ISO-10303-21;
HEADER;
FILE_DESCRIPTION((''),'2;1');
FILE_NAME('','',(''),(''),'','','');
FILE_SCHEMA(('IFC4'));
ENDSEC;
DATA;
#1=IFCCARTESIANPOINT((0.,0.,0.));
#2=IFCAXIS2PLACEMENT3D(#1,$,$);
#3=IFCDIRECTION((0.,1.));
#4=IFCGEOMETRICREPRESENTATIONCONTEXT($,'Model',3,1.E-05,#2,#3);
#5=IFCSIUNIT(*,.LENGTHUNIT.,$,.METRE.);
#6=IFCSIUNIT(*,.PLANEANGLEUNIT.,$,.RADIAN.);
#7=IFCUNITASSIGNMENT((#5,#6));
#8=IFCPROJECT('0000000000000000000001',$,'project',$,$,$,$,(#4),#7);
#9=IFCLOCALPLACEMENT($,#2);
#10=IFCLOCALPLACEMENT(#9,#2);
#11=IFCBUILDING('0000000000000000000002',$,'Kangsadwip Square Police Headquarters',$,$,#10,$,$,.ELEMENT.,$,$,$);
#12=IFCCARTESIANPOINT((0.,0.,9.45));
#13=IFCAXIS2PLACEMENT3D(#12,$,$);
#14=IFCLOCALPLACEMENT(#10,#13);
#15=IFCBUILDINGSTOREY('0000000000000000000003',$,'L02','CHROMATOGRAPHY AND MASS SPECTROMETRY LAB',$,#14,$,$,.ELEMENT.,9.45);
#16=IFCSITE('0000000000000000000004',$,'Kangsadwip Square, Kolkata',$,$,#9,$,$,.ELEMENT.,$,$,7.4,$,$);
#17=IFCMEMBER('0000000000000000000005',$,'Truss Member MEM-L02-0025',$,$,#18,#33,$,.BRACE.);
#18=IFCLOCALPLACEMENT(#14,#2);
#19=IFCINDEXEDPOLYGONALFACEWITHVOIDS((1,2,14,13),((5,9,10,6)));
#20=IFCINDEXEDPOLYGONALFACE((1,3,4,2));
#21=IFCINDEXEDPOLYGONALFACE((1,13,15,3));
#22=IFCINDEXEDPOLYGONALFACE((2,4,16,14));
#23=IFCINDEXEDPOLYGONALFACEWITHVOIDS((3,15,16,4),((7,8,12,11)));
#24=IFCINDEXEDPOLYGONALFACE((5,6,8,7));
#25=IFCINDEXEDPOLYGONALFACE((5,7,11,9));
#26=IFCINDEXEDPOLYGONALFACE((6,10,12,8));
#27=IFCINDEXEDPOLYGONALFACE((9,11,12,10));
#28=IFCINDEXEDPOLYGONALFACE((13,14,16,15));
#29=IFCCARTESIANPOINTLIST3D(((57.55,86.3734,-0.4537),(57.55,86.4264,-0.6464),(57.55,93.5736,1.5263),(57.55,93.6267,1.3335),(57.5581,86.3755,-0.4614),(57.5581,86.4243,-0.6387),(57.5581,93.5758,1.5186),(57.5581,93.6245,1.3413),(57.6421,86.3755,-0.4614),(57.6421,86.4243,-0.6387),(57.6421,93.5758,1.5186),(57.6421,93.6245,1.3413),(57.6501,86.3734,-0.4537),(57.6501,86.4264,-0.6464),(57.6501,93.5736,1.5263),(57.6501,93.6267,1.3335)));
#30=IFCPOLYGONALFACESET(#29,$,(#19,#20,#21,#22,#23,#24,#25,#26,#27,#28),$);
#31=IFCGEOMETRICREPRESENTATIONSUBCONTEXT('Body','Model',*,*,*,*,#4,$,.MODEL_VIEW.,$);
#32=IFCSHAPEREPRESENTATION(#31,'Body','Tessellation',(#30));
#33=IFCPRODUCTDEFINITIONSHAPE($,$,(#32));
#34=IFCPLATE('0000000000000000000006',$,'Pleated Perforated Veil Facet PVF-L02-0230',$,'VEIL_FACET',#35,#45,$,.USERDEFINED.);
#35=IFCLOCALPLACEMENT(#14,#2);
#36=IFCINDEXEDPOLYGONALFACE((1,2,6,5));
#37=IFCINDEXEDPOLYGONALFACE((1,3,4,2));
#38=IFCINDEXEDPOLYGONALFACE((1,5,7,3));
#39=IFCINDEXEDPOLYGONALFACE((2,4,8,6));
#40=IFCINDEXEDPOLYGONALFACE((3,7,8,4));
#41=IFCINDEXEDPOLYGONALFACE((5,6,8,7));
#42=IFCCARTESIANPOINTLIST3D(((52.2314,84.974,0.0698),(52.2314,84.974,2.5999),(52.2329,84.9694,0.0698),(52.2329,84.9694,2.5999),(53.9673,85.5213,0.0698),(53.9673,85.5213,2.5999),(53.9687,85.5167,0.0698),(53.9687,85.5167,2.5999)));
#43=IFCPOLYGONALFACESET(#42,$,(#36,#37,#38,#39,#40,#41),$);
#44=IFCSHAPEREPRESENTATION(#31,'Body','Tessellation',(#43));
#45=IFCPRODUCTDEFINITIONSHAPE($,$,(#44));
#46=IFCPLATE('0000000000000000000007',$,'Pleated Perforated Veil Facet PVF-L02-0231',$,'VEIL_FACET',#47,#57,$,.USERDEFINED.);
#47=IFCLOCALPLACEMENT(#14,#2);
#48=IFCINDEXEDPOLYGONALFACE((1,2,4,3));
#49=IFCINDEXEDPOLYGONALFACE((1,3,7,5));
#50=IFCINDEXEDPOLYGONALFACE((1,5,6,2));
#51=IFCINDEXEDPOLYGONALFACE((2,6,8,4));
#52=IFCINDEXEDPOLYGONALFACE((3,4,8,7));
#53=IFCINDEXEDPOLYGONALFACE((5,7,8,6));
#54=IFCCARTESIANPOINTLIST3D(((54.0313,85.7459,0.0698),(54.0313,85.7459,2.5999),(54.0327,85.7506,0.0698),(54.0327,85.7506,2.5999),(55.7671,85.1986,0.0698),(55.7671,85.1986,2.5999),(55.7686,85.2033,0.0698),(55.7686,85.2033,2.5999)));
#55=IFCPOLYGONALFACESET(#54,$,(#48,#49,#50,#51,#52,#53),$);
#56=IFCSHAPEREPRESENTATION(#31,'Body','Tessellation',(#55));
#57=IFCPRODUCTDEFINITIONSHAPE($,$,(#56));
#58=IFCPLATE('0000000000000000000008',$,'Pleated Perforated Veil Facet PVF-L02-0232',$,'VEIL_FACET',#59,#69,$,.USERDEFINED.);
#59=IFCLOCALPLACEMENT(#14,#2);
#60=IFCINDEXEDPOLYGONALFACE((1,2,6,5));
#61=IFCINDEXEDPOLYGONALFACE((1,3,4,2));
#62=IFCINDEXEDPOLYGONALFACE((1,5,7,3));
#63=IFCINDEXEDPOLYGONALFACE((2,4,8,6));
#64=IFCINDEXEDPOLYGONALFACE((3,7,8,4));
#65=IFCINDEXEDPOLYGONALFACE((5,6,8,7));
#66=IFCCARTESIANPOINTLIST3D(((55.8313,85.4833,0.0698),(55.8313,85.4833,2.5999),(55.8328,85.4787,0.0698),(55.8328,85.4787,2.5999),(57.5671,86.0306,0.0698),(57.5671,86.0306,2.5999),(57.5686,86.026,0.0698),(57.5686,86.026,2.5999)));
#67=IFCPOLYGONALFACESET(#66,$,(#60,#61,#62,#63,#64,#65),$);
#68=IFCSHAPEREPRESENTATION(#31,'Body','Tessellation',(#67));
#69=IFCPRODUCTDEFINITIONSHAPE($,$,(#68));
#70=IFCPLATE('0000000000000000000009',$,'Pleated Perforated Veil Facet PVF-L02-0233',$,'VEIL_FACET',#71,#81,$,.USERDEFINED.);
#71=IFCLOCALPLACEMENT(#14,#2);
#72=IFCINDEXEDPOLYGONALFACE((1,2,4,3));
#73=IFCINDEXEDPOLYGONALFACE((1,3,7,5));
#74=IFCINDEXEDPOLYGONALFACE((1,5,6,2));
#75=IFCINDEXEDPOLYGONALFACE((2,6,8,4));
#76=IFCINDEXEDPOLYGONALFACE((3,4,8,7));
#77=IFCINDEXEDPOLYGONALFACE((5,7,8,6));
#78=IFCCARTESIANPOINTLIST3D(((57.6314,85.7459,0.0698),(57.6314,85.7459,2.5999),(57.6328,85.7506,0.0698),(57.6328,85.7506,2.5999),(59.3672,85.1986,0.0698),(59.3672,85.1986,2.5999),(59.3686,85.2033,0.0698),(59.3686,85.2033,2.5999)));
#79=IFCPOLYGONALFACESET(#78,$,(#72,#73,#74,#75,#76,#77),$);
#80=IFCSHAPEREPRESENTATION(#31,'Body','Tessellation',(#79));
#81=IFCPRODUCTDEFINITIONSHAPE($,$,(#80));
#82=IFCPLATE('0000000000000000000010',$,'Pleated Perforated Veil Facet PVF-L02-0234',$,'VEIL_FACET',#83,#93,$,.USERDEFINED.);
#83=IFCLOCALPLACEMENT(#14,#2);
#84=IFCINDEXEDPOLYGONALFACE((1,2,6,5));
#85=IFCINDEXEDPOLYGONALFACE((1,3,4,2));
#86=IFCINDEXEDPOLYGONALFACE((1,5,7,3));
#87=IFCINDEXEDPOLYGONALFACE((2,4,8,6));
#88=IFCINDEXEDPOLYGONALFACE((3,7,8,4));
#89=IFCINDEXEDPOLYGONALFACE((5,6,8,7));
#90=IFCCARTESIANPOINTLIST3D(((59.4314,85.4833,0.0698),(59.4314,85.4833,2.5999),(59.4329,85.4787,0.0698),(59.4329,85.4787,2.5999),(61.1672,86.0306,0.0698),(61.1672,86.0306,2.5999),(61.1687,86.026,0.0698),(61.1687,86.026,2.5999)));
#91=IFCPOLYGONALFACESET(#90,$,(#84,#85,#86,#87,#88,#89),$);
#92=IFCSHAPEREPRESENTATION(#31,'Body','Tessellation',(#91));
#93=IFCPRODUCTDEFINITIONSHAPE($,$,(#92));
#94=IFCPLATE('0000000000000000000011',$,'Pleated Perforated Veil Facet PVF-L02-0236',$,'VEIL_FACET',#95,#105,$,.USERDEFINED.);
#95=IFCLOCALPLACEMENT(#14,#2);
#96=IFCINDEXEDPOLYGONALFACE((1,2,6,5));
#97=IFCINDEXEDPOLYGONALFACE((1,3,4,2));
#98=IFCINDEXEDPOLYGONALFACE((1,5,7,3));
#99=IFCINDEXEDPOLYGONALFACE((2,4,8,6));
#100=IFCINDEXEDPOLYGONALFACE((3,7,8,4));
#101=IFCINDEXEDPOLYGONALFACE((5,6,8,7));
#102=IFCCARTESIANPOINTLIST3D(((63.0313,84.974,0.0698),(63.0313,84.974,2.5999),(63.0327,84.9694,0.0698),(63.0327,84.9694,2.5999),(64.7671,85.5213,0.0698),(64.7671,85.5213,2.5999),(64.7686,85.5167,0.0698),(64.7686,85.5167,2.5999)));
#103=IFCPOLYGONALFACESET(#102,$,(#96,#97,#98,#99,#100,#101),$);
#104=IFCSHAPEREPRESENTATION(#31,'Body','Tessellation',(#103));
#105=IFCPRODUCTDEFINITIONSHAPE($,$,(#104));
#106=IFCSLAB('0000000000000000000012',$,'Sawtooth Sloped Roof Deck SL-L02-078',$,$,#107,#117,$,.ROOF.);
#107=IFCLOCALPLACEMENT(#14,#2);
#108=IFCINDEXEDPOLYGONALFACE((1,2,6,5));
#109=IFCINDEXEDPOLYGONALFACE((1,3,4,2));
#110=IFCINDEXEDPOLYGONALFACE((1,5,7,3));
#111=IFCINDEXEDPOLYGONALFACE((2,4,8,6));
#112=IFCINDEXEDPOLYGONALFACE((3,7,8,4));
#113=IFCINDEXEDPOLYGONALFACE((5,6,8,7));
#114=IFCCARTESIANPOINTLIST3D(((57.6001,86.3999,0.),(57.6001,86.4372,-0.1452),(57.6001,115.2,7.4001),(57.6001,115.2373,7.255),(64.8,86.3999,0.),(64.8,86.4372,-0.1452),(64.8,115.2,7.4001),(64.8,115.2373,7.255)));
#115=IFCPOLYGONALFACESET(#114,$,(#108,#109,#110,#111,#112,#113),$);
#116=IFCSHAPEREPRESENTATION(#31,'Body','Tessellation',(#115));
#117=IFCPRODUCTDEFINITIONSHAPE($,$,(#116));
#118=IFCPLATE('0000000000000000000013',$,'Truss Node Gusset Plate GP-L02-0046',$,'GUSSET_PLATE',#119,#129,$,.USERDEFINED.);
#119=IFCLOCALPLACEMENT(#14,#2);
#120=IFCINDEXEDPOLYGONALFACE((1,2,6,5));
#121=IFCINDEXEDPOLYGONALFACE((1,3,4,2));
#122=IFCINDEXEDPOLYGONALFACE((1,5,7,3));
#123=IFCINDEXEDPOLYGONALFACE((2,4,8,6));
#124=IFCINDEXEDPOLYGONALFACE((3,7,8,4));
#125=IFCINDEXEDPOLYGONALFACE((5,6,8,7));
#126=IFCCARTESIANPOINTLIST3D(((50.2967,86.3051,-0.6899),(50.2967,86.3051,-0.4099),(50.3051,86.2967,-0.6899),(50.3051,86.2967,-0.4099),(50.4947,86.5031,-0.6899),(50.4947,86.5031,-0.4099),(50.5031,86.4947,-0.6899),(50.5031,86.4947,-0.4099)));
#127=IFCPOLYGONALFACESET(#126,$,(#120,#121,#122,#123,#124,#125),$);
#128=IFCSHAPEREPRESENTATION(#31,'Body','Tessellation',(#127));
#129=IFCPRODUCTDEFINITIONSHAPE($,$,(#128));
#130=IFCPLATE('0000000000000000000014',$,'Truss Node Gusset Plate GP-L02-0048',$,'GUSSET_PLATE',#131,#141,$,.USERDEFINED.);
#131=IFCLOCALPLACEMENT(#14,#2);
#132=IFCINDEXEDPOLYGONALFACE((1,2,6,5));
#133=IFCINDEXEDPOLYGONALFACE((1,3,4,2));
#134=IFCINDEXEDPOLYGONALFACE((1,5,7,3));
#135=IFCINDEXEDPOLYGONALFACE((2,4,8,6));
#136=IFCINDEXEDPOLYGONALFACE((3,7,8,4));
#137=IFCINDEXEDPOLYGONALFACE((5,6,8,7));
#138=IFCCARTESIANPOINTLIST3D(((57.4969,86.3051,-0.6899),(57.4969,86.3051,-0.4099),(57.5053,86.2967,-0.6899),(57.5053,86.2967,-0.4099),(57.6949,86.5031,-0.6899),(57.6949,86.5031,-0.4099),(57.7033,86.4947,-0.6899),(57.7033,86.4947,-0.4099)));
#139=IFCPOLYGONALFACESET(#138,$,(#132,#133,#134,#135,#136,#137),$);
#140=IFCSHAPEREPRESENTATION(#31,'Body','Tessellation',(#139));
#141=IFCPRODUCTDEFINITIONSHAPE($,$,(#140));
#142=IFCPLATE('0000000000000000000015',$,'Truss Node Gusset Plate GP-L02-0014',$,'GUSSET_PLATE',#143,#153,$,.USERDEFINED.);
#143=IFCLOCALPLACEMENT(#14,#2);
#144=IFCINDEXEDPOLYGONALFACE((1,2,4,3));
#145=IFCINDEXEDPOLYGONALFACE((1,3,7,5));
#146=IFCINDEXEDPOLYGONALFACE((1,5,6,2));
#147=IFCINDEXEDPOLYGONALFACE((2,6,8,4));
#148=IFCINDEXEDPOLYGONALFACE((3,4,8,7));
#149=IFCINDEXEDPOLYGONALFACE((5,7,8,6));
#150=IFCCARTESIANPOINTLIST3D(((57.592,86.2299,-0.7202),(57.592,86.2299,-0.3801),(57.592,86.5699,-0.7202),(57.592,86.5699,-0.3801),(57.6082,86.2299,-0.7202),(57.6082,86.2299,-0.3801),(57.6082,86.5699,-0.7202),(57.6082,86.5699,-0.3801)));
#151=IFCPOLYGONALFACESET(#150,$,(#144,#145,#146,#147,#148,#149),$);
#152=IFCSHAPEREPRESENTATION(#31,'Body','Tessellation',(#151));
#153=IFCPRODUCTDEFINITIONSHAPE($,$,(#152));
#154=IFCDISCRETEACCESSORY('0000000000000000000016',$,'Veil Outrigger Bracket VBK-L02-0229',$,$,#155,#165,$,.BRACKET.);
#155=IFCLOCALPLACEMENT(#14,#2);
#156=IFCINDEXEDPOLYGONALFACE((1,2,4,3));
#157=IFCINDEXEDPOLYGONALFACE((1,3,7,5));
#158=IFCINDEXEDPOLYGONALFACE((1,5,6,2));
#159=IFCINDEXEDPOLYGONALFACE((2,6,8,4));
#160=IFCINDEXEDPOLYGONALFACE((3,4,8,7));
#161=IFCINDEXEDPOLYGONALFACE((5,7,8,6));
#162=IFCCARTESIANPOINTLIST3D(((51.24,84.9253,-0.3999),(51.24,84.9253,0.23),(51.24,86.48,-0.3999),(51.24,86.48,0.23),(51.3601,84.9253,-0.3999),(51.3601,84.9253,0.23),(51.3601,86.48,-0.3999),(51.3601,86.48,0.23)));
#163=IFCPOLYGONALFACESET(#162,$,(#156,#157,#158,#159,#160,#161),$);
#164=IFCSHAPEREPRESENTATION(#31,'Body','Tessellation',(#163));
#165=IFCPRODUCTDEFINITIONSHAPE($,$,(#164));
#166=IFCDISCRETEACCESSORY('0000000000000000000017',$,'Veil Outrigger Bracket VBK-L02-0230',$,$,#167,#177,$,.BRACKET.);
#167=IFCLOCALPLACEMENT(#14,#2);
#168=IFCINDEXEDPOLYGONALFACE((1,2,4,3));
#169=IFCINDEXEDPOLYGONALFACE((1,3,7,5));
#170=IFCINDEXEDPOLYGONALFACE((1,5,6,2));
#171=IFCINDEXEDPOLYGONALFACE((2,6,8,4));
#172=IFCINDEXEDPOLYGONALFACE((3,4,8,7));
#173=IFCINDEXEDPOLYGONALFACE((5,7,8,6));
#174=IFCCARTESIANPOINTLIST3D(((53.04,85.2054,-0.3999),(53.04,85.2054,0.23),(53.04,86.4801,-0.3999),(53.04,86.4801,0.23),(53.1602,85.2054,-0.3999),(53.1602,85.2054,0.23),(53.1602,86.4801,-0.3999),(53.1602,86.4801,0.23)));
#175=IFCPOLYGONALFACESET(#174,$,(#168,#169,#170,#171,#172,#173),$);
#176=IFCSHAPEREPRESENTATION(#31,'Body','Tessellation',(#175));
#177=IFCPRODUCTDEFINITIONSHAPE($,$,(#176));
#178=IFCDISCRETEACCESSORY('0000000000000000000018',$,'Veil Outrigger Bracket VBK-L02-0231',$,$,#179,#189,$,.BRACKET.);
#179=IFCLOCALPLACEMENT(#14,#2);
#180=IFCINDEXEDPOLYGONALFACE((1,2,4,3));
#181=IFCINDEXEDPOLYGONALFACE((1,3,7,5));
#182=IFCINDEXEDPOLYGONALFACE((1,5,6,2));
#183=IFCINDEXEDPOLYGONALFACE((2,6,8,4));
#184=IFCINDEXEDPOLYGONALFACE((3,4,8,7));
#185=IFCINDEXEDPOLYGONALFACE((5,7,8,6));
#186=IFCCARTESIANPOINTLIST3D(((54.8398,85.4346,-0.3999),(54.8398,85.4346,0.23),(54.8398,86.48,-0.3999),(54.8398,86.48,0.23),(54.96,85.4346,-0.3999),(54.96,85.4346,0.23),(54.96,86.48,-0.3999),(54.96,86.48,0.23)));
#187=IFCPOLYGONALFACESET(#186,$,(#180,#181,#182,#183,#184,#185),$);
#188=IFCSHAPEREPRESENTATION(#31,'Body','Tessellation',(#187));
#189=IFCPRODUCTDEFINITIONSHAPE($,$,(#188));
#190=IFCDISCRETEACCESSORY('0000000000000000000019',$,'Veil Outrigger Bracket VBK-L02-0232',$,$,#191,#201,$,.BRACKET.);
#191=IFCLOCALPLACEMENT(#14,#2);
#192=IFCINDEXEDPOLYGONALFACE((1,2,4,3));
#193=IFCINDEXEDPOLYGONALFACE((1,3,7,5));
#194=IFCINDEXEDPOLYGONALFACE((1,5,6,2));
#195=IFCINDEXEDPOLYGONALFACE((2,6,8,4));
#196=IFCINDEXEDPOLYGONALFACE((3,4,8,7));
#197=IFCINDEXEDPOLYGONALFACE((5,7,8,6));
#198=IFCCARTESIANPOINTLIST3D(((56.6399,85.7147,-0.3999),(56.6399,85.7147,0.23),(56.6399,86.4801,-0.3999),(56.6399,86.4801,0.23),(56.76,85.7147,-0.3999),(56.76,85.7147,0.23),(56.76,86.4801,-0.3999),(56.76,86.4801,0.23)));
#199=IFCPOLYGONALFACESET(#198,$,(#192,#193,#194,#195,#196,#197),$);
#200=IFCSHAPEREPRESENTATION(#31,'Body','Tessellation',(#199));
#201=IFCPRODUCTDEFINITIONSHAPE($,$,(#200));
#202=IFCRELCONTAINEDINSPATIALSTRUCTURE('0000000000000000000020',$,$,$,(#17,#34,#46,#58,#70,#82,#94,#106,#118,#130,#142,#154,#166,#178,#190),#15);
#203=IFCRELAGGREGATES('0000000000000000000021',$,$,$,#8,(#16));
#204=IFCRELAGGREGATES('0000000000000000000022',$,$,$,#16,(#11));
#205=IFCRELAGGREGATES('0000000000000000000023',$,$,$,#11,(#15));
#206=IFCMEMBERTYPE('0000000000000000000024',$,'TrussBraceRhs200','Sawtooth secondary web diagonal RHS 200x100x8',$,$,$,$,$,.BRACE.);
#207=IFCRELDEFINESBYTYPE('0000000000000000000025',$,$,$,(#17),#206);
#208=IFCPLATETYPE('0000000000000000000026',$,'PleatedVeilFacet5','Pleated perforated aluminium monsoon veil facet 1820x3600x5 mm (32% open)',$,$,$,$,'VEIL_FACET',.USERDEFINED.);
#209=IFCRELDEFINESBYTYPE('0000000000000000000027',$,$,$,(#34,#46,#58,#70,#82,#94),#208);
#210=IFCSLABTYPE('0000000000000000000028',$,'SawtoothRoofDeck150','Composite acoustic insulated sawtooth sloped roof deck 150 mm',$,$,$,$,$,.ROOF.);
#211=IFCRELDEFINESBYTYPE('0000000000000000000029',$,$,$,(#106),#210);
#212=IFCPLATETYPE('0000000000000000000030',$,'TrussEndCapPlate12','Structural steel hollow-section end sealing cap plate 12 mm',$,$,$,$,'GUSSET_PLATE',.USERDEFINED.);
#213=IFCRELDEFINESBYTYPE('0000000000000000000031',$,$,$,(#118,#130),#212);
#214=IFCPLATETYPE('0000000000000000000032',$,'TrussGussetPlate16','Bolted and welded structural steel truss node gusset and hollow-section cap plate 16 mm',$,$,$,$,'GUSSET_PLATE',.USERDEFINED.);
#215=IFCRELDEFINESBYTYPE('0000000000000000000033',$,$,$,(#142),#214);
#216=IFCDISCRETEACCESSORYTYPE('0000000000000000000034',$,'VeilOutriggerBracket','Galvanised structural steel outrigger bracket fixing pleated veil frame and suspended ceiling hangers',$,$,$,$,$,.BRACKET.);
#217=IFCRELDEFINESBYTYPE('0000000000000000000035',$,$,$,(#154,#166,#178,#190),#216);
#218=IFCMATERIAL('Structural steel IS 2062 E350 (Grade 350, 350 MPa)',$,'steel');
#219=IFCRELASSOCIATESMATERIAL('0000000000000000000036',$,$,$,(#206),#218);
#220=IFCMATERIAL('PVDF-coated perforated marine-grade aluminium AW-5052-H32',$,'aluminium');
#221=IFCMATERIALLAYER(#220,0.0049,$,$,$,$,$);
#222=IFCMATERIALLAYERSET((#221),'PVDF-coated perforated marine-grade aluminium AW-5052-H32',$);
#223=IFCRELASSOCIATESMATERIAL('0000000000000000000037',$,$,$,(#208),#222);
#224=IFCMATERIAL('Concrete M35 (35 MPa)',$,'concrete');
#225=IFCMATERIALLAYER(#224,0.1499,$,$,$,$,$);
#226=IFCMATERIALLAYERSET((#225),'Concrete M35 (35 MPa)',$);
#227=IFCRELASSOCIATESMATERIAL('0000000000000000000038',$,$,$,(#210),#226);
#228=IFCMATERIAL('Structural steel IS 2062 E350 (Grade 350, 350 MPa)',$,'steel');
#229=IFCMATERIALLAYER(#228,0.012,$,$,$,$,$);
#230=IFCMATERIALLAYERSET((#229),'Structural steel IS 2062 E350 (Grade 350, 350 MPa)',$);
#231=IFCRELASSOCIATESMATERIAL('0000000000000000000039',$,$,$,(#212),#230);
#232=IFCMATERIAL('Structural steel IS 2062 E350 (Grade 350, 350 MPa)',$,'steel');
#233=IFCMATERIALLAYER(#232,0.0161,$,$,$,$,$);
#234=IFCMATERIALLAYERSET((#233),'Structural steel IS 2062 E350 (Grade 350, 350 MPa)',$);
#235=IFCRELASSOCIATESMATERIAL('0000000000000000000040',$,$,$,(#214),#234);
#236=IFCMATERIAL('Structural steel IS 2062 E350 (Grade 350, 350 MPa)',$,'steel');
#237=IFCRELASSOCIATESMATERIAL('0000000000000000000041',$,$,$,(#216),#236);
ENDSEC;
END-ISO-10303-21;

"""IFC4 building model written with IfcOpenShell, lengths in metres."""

from ifc_helpers import new_model, si_unit, direction, frame, origin, origin_2d, place, context, subcontext, project, spatial, polyline, rectangle, hollow_rectangle, outline, extrude, material, layer, layer_set, material_profile, profile_set, type_object, element, save


model = new_model("IFC4")

# Units and contexts
model_context = context("Model", 3, precision=1e-05, world=origin(), true_north=direction((0.0, 1.0)))
body_context = subcontext(model_context, "Body", "Model", "MODEL_VIEW")
ifc_project = project(units=[si_unit("LENGTHUNIT", "METRE"), si_unit("PLANEANGLEUNIT", "RADIAN")], contexts=[model_context])

# Site, building, storey
site_placement = place(None, origin())
site = spatial("IfcSite", under=ifc_project, at=site_placement, Name="Kangsadwip Square, Kolkata", CompositionType="ELEMENT", RefElevation=7.4)
building_placement = place(site_placement, origin())
building = spatial("IfcBuilding", under=site, at=building_placement, Name="Kangsadwip Square Police Headquarters", CompositionType="ELEMENT")
storey_placement = place(building_placement, frame((0.0, 0.0, 9.45)))
storey = spatial("IfcBuildingStorey", under=building, at=storey_placement, Name="L02", Description="CHROMATOGRAPHY AND MASS SPECTROMETRY LAB", CompositionType="ELEMENT", Elevation=9.45)

# Member
ifc_material_1 = material(Name="Structural steel IS 2062 E350 (Grade 350, 350 MPa)", Category="steel")
ifc_material_profile_1 = material_profile(ifc_material_1, hollow_rectangle(XDim=0.1001, YDim=0.2, WallThickness=0.0081, at=origin_2d()), Name="RHS 200X100X8")
ifc_profile_set_1 = profile_set([ifc_material_profile_1], Name="Structural steel IS 2062 E350 (Grade 350, 350 MPa)")
member_type_1 = type_object("IfcMemberType", Name="TrussBraceRhs200", Description="Sawtooth secondary web diagonal RHS 200x100x8", PredefinedType="BRACE", material=ifc_profile_set_1)
for number, where, z_axis, x_axis, name in (
    (1, (57.6001, 86.3999, -0.55), (0.0, 0.964208, 0.265147), (-1.0, 0.0, 0.0), "Truss Member MEM-L02-0025"),
):
    element("IfcMember", number, at=place(storey_placement, frame(where, z_axis=z_axis, x_axis=x_axis)), inside=storey, type_object=member_type_1, Name=name, PredefinedType="BRACE", context=body_context, shape_type="SweptSolid", body=[
        extrude(hollow_rectangle(XDim=0.1001, YDim=0.2, WallThickness=0.0081, at=origin_2d()), origin(), (0.0, 0.0, 1.0), 7.4675),
    ])

# Plates
ifc_material_2 = material(Name="PVDF-coated perforated marine-grade aluminium AW-5052-H32", Category="aluminium")
ifc_layer_1 = layer(ifc_material_2, 0.0049)
ifc_layer_set_1 = layer_set([ifc_layer_1], Name="PVDF-coated perforated marine-grade aluminium AW-5052-H32")
plate_type_1 = type_object("IfcPlateType", Name="PleatedVeilFacet5", Description="Pleated perforated aluminium monsoon veil facet 1820x3600x5 mm (32% open)", ElementType="VEIL_FACET", PredefinedType="USERDEFINED", material=ifc_layer_set_1)
for number, where, z_axis, x_axis, name in (
    (2, (53.1001, 85.2454, 0.0698), (0.0, 0.0, 1.0), (0.953717, 0.300706, 0.0), "Pleated Perforated Veil Facet PVF-L02-0230"),
    (3, (54.8999, 85.4746, 0.0698), (0.0, 0.0, 1.0), (0.953717, -0.300706, 0.0), "Pleated Perforated Veil Facet PVF-L02-0231"),
    (4, (56.7, 85.7546, 0.0698), (0.0, 0.0, 1.0), (0.953717, 0.300706, 0.0), "Pleated Perforated Veil Facet PVF-L02-0232"),
    (5, (58.5, 85.4746, 0.0698), (0.0, 0.0, 1.0), (0.953717, -0.300706, 0.0), "Pleated Perforated Veil Facet PVF-L02-0233"),
    (6, (60.3, 85.7546, 0.0698), (0.0, 0.0, 1.0), (0.953717, 0.300706, 0.0), "Pleated Perforated Veil Facet PVF-L02-0234"),
    (7, (63.8999, 85.2454, 0.0698), (0.0, 0.0, 1.0), (0.953717, 0.300706, 0.0), "Pleated Perforated Veil Facet PVF-L02-0236"),
):
    element("IfcPlate", number, at=place(storey_placement, frame(where, z_axis=z_axis, x_axis=x_axis)), inside=storey, type_object=plate_type_1, Name=name, ObjectType="VEIL_FACET", PredefinedType="USERDEFINED", context=body_context, shape_type="SweptSolid", body=[
        extrude(rectangle(XDim=1.8201, YDim=0.0049, at=origin_2d()), origin(), (0.0, 0.0, 1.0), 2.53),
    ])

# Slab
ifc_material_3 = material(Name="Concrete M35 (35 MPa)", Category="concrete")
ifc_layer_2 = layer(ifc_material_3, 0.1499)
ifc_layer_set_2 = layer_set([ifc_layer_2], Name="Concrete M35 (35 MPa)")
slab_type = type_object("IfcSlabType", Name="SawtoothRoofDeck150", Description="Composite acoustic insulated sawtooth sloped roof deck 150 mm", PredefinedType="ROOF", material=ifc_layer_set_2)
slab_placement = place(storey_placement, frame((57.6001, 86.3999, 0.0), z_axis=(0.0, -0.248865, 0.968538), x_axis=(1.0, 0.0, 0.0)))
element("IfcSlab", 8, at=slab_placement, inside=storey, type_object=slab_type, Name="Sawtooth Sloped Roof Deck SL-L02-078", PredefinedType="ROOF", context=body_context, shape_type="SweptSolid", body=[
    extrude(outline(polyline([(0.0, 0.0), (7.2, 0.0), (7.2, 29.7356), (0.0, 29.7356), (0.0, 0.0)])), origin(), (0.0, 0.0, -1.0), 0.1499),
])

# Plates
ifc_material_4 = material(Name="Structural steel IS 2062 E350 (Grade 350, 350 MPa)", Category="steel")
ifc_layer_3 = layer(ifc_material_4, 0.012)
ifc_layer_set_3 = layer_set([ifc_layer_3], Name="Structural steel IS 2062 E350 (Grade 350, 350 MPa)")
plate_type_2 = type_object("IfcPlateType", Name="TrussEndCapPlate12", Description="Structural steel hollow-section end sealing cap plate 12 mm", ElementType="GUSSET_PLATE", PredefinedType="USERDEFINED", material=ifc_layer_set_3)
for number, where, z_axis, x_axis, name in (
    (9, (50.3999, 86.3999, -0.6899), (0.0, 0.0, 1.0), (0.707107, 0.707107, 0.0), "Truss Node Gusset Plate GP-L02-0046"),
    (10, (57.6001, 86.3999, -0.6899), (0.0, 0.0, 1.0), (0.707107, 0.707107, 0.0), "Truss Node Gusset Plate GP-L02-0048"),
):
    element("IfcPlate", number, at=place(storey_placement, frame(where, z_axis=z_axis, x_axis=x_axis)), inside=storey, type_object=plate_type_2, Name=name, ObjectType="GUSSET_PLATE", PredefinedType="USERDEFINED", context=body_context, shape_type="SweptSolid", body=[
        extrude(rectangle(XDim=0.28, YDim=0.012, at=origin_2d()), origin(), (0.0, 0.0, 1.0), 0.28),
    ])
ifc_material_5 = material(Name="Structural steel IS 2062 E350 (Grade 350, 350 MPa)", Category="steel")
ifc_layer_4 = layer(ifc_material_5, 0.0161)
ifc_layer_set_4 = layer_set([ifc_layer_4], Name="Structural steel IS 2062 E350 (Grade 350, 350 MPa)")
plate_type_3 = type_object("IfcPlateType", Name="TrussGussetPlate16", Description="Bolted and welded structural steel truss node gusset and hollow-section cap plate 16 mm", ElementType="GUSSET_PLATE", PredefinedType="USERDEFINED", material=ifc_layer_set_4)
plate_placement = place(storey_placement, frame((57.6001, 86.3999, -0.7202), z_axis=(0.0, 0.0, 1.0), x_axis=(0.0, 1.0, 0.0)))
element("IfcPlate", 11, at=plate_placement, inside=storey, type_object=plate_type_3, Name="Truss Node Gusset Plate GP-L02-0014", ObjectType="GUSSET_PLATE", PredefinedType="USERDEFINED", context=body_context, shape_type="SweptSolid", body=[
    extrude(rectangle(XDim=0.3401, YDim=0.0161, at=origin_2d()), origin(), (0.0, 0.0, 1.0), 0.3401),
])

# Discrete accessories
ifc_material_6 = material(Name="Structural steel IS 2062 E350 (Grade 350, 350 MPa)", Category="steel")
discrete_accessory_type = type_object("IfcDiscreteAccessoryType", Name="VeilOutriggerBracket", Description="Galvanised structural steel outrigger bracket fixing pleated veil frame and suspended ceiling hangers", PredefinedType="BRACKET", material=ifc_material_6)
discrete_accessory_1_placement = place(storey_placement, frame((51.3, 85.7026, -0.3999), z_axis=(0.0, 0.0, 1.0), x_axis=(1.0, 0.0, 0.0)))
element("IfcDiscreteAccessory", 12, at=discrete_accessory_1_placement, inside=storey, type_object=discrete_accessory_type, Name="Veil Outrigger Bracket VBK-L02-0229", PredefinedType="BRACKET", context=body_context, shape_type="SweptSolid", body=[
    extrude(rectangle(XDim=0.1201, YDim=1.5547, at=origin_2d()), origin(), (0.0, 0.0, 1.0), 0.6299),
])
discrete_accessory_2_placement = place(storey_placement, frame((53.1001, 85.8428, -0.3999), z_axis=(0.0, 0.0, 1.0), x_axis=(1.0, 0.0, 0.0)))
element("IfcDiscreteAccessory", 13, at=discrete_accessory_2_placement, inside=storey, type_object=discrete_accessory_type, Name="Veil Outrigger Bracket VBK-L02-0230", PredefinedType="BRACKET", context=body_context, shape_type="SweptSolid", body=[
    extrude(rectangle(XDim=0.1201, YDim=1.2747, at=origin_2d()), origin(), (0.0, 0.0, 1.0), 0.6299),
])
discrete_accessory_3_placement = place(storey_placement, frame((54.8999, 85.9573, -0.3999), z_axis=(0.0, 0.0, 1.0), x_axis=(1.0, 0.0, 0.0)))
element("IfcDiscreteAccessory", 14, at=discrete_accessory_3_placement, inside=storey, type_object=discrete_accessory_type, Name="Veil Outrigger Bracket VBK-L02-0231", PredefinedType="BRACKET", context=body_context, shape_type="SweptSolid", body=[
    extrude(rectangle(XDim=0.1201, YDim=1.0454, at=origin_2d()), origin(), (0.0, 0.0, 1.0), 0.6299),
])
discrete_accessory_4_placement = place(storey_placement, frame((56.7, 86.0974, -0.3999), z_axis=(0.0, 0.0, 1.0), x_axis=(1.0, 0.0, 0.0)))
element("IfcDiscreteAccessory", 15, at=discrete_accessory_4_placement, inside=storey, type_object=discrete_accessory_type, Name="Veil Outrigger Bracket VBK-L02-0232", PredefinedType="BRACKET", context=body_context, shape_type="SweptSolid", body=[
    extrude(rectangle(XDim=0.1201, YDim=0.7654, at=origin_2d()), origin(), (0.0, 0.0, 1.0), 0.6299),
])

save(model, "model.ifc")
